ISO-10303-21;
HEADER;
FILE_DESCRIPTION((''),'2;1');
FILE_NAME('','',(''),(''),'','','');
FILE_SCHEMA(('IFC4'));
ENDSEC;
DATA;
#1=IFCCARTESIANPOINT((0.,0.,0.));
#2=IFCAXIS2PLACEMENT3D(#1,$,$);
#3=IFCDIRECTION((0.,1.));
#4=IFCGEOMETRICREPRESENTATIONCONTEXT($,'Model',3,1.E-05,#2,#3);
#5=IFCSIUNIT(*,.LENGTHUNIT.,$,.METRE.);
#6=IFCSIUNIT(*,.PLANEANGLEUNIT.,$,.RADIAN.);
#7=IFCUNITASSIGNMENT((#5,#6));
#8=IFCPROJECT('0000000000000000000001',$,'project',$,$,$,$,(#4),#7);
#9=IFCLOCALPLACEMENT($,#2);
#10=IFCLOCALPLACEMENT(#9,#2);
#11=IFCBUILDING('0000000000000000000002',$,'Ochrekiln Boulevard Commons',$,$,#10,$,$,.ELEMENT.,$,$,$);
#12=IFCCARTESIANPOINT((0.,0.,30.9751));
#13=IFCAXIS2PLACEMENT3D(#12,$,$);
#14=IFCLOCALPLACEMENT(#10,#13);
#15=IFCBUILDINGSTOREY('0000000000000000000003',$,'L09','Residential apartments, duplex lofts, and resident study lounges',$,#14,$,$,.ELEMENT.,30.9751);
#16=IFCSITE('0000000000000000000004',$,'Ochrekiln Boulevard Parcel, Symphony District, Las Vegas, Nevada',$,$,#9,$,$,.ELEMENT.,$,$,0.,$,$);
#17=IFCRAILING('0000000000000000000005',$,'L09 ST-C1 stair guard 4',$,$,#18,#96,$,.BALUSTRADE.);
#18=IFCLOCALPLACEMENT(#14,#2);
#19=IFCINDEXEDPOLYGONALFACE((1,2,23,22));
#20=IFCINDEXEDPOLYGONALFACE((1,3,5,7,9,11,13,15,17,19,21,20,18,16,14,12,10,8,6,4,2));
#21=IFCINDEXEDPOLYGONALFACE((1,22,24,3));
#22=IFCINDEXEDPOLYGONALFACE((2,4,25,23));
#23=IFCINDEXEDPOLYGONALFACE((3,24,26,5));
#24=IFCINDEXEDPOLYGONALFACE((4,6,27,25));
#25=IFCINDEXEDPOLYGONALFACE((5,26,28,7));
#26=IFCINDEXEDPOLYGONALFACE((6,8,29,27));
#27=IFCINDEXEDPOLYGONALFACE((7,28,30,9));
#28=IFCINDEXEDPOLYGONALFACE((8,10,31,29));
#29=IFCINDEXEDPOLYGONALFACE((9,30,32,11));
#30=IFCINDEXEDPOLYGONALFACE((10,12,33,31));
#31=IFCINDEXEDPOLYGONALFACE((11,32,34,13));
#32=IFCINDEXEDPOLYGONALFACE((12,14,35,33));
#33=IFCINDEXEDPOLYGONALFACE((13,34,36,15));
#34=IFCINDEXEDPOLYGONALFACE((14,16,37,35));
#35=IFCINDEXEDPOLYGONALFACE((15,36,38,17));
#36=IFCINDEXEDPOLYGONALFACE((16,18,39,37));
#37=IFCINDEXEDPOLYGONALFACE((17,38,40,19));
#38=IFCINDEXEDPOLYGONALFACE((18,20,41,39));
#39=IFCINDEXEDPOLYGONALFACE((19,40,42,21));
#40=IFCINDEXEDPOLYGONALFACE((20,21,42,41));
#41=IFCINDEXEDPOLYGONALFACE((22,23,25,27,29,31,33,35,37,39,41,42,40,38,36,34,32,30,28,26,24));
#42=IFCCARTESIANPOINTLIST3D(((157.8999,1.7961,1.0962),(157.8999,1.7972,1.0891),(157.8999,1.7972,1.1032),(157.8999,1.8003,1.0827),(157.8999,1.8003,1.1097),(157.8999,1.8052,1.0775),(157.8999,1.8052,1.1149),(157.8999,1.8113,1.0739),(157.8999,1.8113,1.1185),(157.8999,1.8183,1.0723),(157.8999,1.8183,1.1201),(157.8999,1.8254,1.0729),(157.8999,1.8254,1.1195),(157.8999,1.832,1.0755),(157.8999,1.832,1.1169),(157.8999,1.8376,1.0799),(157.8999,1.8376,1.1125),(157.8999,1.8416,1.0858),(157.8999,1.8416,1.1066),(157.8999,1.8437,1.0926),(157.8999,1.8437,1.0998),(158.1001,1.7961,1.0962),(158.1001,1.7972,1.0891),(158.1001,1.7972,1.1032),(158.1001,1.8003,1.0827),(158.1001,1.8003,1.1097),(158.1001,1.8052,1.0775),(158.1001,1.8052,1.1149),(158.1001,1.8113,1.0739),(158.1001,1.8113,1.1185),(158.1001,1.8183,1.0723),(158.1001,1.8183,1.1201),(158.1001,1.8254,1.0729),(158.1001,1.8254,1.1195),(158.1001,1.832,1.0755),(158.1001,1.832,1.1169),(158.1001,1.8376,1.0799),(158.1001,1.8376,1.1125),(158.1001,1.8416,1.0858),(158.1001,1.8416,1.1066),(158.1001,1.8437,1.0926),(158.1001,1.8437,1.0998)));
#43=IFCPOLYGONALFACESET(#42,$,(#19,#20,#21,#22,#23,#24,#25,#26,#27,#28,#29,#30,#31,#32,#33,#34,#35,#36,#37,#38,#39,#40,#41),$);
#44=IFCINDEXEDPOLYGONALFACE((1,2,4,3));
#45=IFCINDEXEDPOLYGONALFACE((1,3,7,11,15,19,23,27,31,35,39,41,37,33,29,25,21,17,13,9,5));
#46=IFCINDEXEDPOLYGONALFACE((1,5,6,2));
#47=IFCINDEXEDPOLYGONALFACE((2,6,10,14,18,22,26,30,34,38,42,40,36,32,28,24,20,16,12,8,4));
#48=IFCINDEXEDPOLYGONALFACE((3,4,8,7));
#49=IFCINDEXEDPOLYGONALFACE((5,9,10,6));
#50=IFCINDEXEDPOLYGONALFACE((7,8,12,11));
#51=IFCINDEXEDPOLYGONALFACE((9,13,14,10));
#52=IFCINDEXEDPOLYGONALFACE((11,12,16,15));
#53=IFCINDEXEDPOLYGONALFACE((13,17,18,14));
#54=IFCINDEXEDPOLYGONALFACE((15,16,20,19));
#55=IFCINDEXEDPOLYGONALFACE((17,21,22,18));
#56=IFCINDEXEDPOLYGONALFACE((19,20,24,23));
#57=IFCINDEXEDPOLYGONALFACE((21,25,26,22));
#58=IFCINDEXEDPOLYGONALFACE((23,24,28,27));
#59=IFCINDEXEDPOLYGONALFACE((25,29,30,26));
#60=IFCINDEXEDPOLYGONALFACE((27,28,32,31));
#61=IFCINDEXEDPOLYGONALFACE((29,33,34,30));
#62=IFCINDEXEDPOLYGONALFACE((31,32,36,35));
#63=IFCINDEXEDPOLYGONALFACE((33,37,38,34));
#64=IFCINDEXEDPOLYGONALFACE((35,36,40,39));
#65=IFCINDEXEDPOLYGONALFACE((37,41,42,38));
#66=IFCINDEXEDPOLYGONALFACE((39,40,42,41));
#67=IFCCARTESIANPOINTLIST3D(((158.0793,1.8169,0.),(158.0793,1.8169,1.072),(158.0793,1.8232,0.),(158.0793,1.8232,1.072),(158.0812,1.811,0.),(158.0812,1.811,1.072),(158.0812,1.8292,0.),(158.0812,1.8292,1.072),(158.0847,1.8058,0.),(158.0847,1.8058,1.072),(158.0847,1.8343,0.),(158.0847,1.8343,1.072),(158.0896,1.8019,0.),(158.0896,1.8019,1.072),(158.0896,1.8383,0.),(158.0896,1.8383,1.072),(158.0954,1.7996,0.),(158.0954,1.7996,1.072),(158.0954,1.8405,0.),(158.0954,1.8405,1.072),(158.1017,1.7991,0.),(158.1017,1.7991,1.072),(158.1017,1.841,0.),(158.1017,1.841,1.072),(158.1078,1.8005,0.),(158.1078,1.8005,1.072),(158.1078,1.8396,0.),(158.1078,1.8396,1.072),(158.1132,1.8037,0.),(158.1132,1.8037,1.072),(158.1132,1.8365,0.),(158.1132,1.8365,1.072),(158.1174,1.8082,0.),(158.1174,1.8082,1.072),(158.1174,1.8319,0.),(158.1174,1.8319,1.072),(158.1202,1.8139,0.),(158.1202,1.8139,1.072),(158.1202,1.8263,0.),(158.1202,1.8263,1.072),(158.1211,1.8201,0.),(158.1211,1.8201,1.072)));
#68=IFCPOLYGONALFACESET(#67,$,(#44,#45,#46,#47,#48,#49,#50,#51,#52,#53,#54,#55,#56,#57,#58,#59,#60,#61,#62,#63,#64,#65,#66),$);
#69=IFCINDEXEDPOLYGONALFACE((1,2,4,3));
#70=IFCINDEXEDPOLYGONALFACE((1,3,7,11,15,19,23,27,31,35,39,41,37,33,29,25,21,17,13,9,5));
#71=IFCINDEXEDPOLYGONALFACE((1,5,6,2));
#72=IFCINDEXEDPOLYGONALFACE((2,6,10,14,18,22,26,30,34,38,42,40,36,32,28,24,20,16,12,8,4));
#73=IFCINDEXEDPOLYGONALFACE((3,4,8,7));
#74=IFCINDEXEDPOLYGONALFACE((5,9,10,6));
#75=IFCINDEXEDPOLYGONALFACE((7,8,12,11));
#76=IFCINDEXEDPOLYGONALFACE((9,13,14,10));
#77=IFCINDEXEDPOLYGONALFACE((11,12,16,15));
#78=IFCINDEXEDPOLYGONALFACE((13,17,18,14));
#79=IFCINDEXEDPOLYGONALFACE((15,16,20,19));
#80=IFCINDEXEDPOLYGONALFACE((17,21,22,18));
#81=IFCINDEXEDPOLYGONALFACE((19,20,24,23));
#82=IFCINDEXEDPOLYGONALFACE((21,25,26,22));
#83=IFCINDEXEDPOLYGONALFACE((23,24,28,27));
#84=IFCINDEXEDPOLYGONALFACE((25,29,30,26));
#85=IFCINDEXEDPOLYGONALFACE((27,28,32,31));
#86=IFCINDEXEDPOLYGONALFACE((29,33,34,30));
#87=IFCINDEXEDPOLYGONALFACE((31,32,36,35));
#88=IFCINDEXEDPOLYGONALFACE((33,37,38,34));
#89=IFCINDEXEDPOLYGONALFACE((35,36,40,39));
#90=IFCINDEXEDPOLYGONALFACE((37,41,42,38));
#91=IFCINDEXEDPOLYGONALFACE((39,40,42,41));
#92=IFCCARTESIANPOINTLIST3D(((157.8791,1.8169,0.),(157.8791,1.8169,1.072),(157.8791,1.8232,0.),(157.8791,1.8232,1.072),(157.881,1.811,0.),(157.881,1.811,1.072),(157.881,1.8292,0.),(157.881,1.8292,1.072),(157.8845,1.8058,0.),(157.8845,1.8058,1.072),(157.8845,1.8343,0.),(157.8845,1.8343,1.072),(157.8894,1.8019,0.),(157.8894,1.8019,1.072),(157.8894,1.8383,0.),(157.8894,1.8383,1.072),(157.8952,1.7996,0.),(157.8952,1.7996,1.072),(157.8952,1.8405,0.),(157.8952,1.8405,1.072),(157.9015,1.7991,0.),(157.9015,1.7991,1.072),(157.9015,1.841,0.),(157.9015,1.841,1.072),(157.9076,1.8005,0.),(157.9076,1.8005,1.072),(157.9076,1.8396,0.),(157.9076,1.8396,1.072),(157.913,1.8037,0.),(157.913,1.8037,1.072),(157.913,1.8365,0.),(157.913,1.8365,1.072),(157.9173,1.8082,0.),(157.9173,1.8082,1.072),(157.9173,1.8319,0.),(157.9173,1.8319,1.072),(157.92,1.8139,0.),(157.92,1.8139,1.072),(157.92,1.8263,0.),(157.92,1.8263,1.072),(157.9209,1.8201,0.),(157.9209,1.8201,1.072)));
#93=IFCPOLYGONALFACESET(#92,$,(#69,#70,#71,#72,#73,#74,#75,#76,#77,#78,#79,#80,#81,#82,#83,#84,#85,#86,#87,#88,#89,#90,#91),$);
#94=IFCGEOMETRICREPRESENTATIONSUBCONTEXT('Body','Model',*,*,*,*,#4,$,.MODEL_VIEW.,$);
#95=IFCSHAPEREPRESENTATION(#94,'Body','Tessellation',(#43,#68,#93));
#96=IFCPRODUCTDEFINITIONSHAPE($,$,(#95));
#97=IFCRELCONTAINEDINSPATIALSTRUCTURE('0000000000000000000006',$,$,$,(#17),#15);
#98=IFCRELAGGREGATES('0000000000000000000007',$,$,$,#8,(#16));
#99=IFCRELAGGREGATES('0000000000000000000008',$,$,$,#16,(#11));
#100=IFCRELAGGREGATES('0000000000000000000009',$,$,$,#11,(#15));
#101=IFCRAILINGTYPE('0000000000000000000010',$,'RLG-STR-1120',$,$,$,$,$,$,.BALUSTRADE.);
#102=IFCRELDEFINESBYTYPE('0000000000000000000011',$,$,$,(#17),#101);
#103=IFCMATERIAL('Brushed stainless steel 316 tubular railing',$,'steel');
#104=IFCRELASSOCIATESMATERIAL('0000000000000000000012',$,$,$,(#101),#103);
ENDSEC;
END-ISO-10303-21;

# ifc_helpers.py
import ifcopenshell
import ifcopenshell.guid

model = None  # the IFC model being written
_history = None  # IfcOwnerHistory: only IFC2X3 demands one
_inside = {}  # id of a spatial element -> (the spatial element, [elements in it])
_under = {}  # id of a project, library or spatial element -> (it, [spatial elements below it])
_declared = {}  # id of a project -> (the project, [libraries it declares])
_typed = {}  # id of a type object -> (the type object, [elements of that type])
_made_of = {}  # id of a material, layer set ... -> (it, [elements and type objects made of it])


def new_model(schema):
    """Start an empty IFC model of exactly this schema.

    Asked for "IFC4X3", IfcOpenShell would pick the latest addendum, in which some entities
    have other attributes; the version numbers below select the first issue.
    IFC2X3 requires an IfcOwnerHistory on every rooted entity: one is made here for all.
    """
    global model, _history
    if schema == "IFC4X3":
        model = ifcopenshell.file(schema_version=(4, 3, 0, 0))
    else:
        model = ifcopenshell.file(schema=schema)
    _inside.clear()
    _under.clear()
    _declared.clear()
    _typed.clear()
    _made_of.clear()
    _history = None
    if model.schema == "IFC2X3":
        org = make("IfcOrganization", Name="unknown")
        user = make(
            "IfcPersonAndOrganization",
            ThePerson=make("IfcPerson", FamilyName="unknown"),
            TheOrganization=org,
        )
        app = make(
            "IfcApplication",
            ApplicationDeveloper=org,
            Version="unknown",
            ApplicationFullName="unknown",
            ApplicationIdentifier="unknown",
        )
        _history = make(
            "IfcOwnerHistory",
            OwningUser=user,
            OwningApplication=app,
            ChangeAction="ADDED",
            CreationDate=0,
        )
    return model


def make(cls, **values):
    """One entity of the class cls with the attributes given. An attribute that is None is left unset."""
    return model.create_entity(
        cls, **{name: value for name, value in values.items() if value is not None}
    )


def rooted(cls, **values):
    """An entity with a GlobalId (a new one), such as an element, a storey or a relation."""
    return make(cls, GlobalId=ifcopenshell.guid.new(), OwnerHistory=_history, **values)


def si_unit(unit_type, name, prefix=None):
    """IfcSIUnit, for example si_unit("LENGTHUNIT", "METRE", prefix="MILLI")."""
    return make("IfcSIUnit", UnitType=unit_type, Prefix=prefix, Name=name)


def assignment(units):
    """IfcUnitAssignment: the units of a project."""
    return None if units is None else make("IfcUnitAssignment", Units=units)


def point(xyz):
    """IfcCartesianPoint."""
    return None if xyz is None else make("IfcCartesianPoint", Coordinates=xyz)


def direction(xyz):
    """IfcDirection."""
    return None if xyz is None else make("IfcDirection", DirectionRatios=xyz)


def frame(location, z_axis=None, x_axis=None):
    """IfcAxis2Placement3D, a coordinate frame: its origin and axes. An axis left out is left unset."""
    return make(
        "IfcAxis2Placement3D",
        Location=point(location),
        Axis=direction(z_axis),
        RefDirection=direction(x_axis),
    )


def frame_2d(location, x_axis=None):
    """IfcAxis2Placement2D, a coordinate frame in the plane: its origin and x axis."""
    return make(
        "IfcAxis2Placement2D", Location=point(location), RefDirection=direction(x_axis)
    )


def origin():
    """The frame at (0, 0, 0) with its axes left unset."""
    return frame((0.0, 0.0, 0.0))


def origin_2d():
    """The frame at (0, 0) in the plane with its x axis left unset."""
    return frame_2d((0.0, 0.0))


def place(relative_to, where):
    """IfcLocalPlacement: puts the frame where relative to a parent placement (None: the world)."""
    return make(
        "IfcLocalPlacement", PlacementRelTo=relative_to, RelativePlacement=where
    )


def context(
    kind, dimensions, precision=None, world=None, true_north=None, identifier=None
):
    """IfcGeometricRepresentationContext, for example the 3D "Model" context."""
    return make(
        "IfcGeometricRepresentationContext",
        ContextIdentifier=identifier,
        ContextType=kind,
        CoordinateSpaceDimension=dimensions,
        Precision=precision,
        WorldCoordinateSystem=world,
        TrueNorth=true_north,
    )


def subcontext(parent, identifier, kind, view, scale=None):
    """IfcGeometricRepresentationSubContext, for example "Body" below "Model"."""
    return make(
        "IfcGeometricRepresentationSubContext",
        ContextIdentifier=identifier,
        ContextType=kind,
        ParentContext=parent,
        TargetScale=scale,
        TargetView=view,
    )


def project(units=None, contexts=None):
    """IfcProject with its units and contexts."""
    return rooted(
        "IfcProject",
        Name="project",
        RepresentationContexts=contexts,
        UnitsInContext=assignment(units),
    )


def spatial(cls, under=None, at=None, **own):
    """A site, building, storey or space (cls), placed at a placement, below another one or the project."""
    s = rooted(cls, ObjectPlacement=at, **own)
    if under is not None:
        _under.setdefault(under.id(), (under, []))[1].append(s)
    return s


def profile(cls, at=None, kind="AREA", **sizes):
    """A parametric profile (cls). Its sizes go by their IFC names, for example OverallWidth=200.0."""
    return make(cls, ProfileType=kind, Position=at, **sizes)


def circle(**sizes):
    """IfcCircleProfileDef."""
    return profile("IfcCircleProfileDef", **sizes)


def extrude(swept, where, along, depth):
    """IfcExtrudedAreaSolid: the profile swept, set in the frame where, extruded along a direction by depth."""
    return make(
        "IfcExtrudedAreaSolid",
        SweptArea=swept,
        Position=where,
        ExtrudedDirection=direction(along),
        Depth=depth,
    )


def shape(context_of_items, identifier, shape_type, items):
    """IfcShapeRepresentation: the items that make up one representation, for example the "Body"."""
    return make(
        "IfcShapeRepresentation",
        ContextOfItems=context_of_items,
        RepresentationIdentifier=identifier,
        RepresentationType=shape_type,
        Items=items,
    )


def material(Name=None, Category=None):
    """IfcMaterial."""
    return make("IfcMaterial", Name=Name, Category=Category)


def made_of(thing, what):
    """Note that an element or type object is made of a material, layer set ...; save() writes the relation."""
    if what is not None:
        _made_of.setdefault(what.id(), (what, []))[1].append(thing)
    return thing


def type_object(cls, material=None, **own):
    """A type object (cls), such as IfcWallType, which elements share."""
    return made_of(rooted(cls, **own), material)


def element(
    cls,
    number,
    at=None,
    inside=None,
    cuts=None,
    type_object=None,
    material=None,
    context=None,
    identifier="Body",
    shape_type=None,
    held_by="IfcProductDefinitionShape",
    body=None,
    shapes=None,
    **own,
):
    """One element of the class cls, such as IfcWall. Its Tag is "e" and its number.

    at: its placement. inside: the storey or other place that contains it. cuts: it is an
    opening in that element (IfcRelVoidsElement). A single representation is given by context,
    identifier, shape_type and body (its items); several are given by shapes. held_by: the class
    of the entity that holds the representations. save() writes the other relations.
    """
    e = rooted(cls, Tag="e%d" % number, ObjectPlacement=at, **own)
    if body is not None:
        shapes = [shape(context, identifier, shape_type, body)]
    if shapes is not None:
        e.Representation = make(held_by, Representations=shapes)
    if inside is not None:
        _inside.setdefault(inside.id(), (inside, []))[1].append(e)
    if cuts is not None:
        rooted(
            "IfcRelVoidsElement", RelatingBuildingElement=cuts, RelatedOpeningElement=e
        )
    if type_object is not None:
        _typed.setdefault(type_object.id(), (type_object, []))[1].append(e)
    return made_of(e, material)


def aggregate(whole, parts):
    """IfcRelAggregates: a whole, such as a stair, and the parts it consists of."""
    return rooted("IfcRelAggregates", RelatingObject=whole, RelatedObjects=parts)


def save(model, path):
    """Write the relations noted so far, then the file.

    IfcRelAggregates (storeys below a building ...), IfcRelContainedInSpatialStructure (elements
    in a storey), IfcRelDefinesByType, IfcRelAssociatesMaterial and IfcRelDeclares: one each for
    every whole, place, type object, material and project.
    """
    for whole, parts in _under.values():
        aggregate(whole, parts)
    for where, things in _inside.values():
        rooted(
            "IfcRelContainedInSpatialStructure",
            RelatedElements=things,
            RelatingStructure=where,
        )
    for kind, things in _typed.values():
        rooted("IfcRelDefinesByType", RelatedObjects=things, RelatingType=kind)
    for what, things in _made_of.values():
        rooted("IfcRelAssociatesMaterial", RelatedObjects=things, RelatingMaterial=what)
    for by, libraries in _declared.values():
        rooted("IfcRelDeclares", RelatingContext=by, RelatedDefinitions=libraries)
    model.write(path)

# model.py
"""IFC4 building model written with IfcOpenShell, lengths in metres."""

from ifc_helpers import new_model, si_unit, direction, frame, origin, origin_2d, place, context, subcontext, project, spatial, circle, extrude, material, type_object, element, save


model = new_model("IFC4")

# Units and contexts
model_context = context("Model", 3, precision=1e-05, world=origin(), true_north=direction((0.0, 1.0)))
body_context = subcontext(model_context, "Body", "Model", "MODEL_VIEW")
ifc_project = project(units=[si_unit("LENGTHUNIT", "METRE"), si_unit("PLANEANGLEUNIT", "RADIAN")], contexts=[model_context])

# Site, building, storey
site_placement = place(None, origin())
site = spatial("IfcSite", under=ifc_project, at=site_placement, Name="Ochrekiln Boulevard Parcel, Symphony District, Las Vegas, Nevada", CompositionType="ELEMENT", RefElevation=0.0)
building_placement = place(site_placement, origin())
building = spatial("IfcBuilding", under=site, at=building_placement, Name="Ochrekiln Boulevard Commons", CompositionType="ELEMENT")
storey_placement = place(building_placement, frame((0.0, 0.0, 30.9751)))
storey = spatial("IfcBuildingStorey", under=building, at=storey_placement, Name="L09", Description="Residential apartments, duplex lofts, and resident study lounges", CompositionType="ELEMENT", Elevation=30.9751)

# Railing
ifc_material_1 = material(Name="Brushed stainless steel 316 tubular railing", Category="steel")
railing_type_1 = type_object("IfcRailingType", Name="RLG-STR-1120", PredefinedType="BALUSTRADE", material=ifc_material_1)
railing_1_placement = place(storey_placement, frame((158.1001, 1.8201, 0.0)))
element("IfcRailing", 1, at=railing_1_placement, inside=storey, type_object=railing_type_1, Name="L09 ST-C1 stair guard 4", PredefinedType="BALUSTRADE", context=body_context, shape_type="SweptSolid", body=[
    extrude(circle(Radius=0.0239, at=origin_2d()), frame((0.0, 0.0, 1.0962), z_axis=(-1.0, 0.0, 0.0), x_axis=(0.0, -1.0, 0.0)), (0.0, 0.0, 1.0), 0.2002),
    extrude(circle(Radius=0.021, at=origin_2d()), origin(), (0.0, 0.0, 1.0), 1.072),
    extrude(circle(Radius=0.021, at=origin_2d()), frame((-0.2002, 0.0, 0.0)), (0.0, 0.0, 1.0), 1.072),
])

save(model, "model.ifc")
